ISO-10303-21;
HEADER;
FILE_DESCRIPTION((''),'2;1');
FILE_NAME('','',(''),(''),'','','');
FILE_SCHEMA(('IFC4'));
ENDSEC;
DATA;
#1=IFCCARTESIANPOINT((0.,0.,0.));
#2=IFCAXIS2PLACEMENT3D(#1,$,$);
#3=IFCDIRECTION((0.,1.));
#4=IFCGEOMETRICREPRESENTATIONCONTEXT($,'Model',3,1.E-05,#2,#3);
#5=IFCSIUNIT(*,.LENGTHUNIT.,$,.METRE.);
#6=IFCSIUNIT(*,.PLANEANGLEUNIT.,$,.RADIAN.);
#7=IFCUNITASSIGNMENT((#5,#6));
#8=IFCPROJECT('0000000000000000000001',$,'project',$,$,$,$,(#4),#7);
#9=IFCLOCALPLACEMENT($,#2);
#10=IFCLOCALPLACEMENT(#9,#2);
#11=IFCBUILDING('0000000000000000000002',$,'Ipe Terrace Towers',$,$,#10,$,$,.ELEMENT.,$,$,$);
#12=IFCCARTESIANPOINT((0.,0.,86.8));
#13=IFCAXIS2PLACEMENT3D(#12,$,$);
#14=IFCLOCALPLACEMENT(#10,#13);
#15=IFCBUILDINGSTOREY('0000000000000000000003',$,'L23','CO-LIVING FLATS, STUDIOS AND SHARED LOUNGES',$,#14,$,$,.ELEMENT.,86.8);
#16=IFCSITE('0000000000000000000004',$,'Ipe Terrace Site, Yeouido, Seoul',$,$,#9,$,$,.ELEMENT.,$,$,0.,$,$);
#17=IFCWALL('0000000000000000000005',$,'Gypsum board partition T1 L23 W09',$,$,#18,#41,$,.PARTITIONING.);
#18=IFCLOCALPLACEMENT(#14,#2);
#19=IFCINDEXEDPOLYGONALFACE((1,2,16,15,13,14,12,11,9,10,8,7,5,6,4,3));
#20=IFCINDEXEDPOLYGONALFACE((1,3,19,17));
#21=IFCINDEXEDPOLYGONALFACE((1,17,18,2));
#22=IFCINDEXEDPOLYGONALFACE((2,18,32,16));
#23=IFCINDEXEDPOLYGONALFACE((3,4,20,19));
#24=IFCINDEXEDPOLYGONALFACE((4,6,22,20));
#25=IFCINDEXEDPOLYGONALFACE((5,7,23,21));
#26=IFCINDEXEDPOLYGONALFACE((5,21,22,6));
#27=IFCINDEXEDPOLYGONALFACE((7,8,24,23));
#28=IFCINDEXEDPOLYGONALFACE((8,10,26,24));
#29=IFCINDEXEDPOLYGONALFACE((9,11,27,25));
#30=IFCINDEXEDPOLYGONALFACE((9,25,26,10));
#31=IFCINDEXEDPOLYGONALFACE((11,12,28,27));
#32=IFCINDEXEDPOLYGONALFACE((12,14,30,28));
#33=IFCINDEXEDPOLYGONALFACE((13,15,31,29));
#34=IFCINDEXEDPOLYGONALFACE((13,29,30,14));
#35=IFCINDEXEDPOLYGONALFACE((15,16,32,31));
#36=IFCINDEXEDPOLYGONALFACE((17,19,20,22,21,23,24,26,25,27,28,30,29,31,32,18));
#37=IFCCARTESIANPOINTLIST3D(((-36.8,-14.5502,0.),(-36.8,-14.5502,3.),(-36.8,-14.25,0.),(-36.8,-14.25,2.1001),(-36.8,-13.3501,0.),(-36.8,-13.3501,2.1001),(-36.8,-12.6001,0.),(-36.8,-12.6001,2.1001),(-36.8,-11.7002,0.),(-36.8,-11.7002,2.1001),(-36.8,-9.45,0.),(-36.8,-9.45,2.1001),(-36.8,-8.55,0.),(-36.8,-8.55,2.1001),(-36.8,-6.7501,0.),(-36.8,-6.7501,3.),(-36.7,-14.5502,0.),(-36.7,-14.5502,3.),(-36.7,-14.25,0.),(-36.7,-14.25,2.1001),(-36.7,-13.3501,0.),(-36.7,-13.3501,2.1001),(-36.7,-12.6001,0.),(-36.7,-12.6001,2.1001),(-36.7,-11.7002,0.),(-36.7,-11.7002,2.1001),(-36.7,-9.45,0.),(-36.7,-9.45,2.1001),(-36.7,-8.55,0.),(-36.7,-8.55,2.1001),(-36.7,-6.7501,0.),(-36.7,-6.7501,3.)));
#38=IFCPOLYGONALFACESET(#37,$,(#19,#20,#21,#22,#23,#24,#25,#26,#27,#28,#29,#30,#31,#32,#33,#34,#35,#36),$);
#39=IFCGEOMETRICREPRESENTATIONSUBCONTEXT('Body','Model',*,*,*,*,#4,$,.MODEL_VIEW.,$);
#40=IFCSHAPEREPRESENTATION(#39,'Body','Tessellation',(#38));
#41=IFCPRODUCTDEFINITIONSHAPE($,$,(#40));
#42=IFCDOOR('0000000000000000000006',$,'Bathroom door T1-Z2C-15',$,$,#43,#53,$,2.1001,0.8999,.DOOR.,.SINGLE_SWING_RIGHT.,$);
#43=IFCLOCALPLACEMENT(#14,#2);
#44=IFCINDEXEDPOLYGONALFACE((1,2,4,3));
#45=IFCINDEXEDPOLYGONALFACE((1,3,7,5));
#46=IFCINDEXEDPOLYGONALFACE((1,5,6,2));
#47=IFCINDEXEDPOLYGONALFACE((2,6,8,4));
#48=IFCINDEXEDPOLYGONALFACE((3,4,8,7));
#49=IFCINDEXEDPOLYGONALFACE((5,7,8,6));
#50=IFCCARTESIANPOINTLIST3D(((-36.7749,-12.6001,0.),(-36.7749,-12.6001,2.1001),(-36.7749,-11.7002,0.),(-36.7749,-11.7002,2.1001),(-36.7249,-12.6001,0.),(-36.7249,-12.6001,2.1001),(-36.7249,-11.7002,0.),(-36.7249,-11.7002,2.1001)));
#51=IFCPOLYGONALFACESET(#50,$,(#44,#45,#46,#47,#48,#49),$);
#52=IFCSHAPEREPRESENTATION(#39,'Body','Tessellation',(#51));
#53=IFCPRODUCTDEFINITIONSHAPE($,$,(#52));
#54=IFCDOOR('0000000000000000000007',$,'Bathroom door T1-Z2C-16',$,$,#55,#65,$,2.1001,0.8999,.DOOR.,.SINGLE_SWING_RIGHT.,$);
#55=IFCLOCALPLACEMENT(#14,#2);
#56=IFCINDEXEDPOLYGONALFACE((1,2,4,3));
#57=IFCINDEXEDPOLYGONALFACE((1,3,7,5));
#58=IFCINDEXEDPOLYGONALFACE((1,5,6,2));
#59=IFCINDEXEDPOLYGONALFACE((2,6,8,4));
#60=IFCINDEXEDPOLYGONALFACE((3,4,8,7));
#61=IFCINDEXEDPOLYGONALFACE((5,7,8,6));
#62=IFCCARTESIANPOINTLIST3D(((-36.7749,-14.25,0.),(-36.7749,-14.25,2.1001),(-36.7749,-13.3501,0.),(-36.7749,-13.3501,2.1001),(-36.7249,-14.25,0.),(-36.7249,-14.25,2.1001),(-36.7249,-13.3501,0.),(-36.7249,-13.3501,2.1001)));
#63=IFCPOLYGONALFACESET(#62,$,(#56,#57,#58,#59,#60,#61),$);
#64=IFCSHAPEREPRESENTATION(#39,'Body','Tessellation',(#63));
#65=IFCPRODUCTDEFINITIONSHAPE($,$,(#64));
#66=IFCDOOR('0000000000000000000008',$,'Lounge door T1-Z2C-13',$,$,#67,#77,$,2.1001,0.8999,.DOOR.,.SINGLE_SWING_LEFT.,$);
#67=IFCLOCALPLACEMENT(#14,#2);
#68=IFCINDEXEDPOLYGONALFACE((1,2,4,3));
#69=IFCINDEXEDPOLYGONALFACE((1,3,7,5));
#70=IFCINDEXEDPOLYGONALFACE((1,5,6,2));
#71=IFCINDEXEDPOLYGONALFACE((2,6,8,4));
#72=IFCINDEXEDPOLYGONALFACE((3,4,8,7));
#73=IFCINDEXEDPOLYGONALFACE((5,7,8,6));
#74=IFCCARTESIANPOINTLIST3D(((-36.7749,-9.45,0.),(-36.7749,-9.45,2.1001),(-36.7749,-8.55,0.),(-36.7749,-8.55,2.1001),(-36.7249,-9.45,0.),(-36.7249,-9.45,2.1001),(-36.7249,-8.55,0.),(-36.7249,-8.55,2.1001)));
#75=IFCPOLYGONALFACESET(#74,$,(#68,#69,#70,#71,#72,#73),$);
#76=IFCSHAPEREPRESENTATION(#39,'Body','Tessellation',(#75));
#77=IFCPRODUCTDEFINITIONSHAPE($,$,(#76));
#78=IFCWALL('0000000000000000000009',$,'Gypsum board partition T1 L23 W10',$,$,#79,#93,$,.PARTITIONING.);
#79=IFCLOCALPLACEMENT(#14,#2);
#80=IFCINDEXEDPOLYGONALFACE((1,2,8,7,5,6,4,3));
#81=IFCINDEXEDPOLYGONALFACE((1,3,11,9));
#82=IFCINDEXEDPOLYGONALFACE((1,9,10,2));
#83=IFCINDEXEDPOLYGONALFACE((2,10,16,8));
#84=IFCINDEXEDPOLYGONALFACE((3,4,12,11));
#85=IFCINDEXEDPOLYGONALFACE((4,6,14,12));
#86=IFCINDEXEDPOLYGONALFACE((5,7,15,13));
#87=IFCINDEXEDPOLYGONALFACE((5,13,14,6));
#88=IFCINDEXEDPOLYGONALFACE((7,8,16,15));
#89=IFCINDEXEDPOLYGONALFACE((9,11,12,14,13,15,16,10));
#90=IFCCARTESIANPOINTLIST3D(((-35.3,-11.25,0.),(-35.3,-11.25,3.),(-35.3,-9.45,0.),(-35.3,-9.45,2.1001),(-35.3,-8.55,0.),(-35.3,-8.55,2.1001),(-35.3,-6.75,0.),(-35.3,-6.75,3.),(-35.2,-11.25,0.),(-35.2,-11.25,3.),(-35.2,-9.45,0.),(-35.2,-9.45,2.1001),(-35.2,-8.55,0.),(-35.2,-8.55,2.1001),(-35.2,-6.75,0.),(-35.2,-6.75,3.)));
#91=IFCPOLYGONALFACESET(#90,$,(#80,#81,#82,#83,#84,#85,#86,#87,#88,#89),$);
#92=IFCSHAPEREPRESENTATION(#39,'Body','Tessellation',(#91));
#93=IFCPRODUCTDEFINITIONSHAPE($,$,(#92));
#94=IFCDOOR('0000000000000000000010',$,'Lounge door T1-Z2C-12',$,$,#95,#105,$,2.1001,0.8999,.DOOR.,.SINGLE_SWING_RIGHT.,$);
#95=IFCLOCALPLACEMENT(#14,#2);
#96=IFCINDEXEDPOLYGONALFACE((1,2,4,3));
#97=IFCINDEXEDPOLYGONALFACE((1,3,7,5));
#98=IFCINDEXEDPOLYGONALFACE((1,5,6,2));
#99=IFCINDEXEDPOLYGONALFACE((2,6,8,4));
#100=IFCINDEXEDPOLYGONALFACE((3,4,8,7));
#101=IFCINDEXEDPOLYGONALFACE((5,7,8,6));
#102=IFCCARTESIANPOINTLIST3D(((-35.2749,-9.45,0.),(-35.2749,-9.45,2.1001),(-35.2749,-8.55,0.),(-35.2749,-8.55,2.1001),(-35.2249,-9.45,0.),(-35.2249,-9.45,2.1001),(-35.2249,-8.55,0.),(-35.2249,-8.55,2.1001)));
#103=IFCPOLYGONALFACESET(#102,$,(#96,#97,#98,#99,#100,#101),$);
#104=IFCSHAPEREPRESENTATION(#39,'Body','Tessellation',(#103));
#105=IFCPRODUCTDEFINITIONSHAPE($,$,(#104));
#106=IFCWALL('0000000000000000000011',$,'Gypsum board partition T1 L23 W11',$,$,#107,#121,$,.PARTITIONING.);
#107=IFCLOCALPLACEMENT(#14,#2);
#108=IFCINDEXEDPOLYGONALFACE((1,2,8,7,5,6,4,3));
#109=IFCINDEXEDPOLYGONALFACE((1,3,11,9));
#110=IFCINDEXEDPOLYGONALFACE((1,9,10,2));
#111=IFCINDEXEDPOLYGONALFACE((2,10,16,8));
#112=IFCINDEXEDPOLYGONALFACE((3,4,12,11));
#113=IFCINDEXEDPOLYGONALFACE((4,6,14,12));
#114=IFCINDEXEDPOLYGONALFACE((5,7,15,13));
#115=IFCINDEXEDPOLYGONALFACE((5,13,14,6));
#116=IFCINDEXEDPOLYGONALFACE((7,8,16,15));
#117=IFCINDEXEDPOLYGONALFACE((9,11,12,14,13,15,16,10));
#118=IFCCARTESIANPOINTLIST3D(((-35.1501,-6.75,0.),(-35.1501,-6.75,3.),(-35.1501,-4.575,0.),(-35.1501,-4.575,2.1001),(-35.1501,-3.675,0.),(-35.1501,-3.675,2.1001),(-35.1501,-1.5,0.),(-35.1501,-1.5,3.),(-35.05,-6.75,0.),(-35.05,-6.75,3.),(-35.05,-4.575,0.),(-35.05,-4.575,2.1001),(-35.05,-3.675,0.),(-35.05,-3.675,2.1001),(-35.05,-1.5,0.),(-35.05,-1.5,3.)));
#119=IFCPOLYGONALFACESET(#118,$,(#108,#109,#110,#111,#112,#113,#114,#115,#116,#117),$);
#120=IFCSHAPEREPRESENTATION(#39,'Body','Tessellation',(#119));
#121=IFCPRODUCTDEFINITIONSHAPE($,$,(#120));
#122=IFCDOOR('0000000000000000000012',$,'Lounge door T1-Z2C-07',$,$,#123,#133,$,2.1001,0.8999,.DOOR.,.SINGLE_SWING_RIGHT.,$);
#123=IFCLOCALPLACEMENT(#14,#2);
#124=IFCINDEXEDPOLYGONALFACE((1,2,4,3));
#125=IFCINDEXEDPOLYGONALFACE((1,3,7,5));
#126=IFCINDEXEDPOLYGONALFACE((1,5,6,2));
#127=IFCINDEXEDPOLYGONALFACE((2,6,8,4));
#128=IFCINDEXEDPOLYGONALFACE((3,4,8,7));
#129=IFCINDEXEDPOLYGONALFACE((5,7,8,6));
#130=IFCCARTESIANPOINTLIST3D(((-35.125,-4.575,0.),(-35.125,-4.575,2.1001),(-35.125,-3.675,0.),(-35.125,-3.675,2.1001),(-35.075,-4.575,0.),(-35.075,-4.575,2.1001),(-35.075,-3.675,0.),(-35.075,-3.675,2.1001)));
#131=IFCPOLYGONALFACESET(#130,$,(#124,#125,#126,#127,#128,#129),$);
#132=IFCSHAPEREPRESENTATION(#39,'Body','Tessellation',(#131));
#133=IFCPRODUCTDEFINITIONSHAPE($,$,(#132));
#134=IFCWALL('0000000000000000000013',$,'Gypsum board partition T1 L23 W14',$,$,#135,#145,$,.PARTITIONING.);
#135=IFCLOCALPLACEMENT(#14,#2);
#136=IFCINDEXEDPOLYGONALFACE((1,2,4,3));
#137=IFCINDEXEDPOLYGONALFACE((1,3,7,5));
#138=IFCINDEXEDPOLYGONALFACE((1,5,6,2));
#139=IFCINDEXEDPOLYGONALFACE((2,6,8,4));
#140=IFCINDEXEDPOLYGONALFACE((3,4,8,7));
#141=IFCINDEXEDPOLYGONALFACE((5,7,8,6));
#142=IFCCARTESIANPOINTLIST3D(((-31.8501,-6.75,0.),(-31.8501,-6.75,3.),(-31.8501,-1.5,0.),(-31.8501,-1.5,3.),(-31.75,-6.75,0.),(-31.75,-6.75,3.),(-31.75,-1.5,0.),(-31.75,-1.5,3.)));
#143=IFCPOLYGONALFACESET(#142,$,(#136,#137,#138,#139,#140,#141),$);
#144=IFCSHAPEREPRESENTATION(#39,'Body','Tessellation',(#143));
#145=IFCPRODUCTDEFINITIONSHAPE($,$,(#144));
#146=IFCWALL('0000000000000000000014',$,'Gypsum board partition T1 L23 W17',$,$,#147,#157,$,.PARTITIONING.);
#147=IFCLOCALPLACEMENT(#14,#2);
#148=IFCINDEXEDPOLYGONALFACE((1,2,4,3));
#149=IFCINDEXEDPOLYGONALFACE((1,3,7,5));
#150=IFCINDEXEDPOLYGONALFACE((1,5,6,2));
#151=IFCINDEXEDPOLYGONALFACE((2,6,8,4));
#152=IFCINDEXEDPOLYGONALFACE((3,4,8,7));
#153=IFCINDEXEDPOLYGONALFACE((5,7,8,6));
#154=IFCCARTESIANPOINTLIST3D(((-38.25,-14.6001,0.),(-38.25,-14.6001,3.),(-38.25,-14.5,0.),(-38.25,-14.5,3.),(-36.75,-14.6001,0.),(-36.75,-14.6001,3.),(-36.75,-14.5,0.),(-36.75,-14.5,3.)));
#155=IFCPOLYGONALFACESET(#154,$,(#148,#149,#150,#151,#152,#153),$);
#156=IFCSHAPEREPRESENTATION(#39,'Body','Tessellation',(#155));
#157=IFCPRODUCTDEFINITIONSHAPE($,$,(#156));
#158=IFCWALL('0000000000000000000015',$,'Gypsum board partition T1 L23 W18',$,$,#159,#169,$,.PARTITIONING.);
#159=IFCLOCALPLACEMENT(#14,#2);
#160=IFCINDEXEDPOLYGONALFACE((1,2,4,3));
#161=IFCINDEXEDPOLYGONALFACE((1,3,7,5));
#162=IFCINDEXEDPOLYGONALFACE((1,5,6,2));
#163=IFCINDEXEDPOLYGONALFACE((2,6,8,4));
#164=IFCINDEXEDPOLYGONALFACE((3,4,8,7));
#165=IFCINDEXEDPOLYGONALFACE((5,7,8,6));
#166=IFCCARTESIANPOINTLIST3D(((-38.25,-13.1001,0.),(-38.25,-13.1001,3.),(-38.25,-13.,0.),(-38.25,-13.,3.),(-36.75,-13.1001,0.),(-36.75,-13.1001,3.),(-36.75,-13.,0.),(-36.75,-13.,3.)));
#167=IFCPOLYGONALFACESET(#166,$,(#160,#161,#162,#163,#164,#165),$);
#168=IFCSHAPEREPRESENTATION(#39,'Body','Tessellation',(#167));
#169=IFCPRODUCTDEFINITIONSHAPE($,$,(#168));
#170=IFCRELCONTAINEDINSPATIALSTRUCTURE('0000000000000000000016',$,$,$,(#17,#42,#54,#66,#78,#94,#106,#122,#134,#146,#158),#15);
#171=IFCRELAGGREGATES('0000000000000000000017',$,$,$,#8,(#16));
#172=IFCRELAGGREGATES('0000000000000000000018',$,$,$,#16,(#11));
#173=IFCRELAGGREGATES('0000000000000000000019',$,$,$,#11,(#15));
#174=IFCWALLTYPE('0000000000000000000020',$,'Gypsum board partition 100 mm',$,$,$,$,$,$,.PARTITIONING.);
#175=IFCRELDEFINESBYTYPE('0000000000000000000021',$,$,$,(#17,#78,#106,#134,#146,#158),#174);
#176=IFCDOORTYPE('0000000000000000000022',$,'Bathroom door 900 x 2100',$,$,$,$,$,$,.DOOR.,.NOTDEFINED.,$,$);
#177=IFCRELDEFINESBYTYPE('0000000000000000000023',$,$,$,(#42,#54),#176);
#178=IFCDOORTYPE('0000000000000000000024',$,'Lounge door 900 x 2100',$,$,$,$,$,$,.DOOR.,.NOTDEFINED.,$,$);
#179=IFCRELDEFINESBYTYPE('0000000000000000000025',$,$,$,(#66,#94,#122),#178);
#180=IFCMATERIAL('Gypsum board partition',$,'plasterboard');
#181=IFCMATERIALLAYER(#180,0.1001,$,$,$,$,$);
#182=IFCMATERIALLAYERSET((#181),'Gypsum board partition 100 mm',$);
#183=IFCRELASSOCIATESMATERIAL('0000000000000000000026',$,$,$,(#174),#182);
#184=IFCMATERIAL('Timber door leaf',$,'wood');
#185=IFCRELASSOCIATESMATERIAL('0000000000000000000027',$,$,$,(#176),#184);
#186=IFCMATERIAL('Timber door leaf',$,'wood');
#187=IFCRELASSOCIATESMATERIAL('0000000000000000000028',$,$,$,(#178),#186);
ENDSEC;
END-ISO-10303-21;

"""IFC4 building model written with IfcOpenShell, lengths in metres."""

from ifc_helpers import new_model, si_unit, direction, frame, frame_2d, origin, place, context, subcontext, project, spatial, rectangle, extrude, material, layer, layer_set, type_object, element, fill, save


model = new_model("IFC4")

# Units and contexts
model_context = context("Model", 3, precision=1e-05, world=origin(), true_north=direction((0.0, 1.0)))
body_context = subcontext(model_context, "Body", "Model", "MODEL_VIEW")
ifc_project = project(units=[si_unit("LENGTHUNIT", "METRE"), si_unit("PLANEANGLEUNIT", "RADIAN")], contexts=[model_context])

# Site, building, storey
site_placement = place(None, origin())
site = spatial("IfcSite", under=ifc_project, at=site_placement, Name="Ipe Terrace Site, Yeouido, Seoul", CompositionType="ELEMENT", RefElevation=0.0)
building_placement = place(site_placement, origin())
building = spatial("IfcBuilding", under=site, at=building_placement, Name="Ipe Terrace Towers", CompositionType="ELEMENT")
storey_placement = place(building_placement, frame((0.0, 0.0, 86.8)))
storey = spatial("IfcBuildingStorey", under=building, at=storey_placement, Name="L23", Description="CO-LIVING FLATS, STUDIOS AND SHARED LOUNGES", CompositionType="ELEMENT", Elevation=86.8)

# Shared definitions
ifc_material_1 = material(Name="Gypsum board partition", Category="plasterboard")
ifc_layer_1 = layer(ifc_material_1, 0.1001)
ifc_layer_set_1 = layer_set([ifc_layer_1], Name="Gypsum board partition 100 mm")
wall_type = type_object("IfcWallType", Name="Gypsum board partition 100 mm", PredefinedType="PARTITIONING", material=ifc_layer_set_1)

# Wall, openings, doors
wall_1_placement = place(storey_placement, frame((-36.75, -14.55, 0.0), z_axis=(0.0, 0.0, 1.0), x_axis=(0.0, 1.0, 0.0)))
wall_1 = element("IfcWall", 1, at=wall_1_placement, inside=storey, type_object=wall_type, Name="Gypsum board partition T1 L23 W09", PredefinedType="PARTITIONING", context=body_context, shape_type="SweptSolid", body=[
    extrude(rectangle(XDim=7.8, YDim=0.1001, at=frame_2d((3.8999, 0.0))), origin(), (0.0, 0.0, 1.0), 3.0),
])
opening_1_placement = place(wall_1_placement, frame((5.1001, 0.0, 0.0)))
opening_1 = element("IfcOpeningElement", 2, at=opening_1_placement, cuts=wall_1, PredefinedType="OPENING", context=body_context, shape_type="SweptSolid", body=[
    extrude(rectangle(XDim=0.8999, YDim=2.1001, at=frame_2d((0.45, 1.05))), frame((0.0, 0.0601, 0.0), z_axis=(0.0, -1.0, 0.0), x_axis=(1.0, 0.0, 0.0)), (0.0, 0.0, 1.0), 0.1201),
])
opening_2_placement = place(wall_1_placement, frame((1.95, 0.0, 0.0)))
opening_2 = element("IfcOpeningElement", 3, at=opening_2_placement, cuts=wall_1, PredefinedType="OPENING", context=body_context, shape_type="SweptSolid", body=[
    extrude(rectangle(XDim=0.8999, YDim=2.1001, at=frame_2d((0.45, 1.05))), frame((0.0, 0.0601, 0.0), z_axis=(0.0, -1.0, 0.0), x_axis=(1.0, 0.0, 0.0)), (0.0, 0.0, 1.0), 0.1201),
])
opening_3_placement = place(wall_1_placement, frame((0.3, 0.0, 0.0)))
opening_3 = element("IfcOpeningElement", 4, at=opening_3_placement, cuts=wall_1, PredefinedType="OPENING", context=body_context, shape_type="SweptSolid", body=[
    extrude(rectangle(XDim=0.8999, YDim=2.1001, at=frame_2d((0.45, 1.05))), frame((0.0, 0.0601, 0.0), z_axis=(0.0, -1.0, 0.0), x_axis=(1.0, 0.0, 0.0)), (0.0, 0.0, 1.0), 0.1201),
])
ifc_material_2 = material(Name="Timber door leaf", Category="wood")
door_type_1 = type_object("IfcDoorType", Name="Bathroom door 900 x 2100", OperationType="NOTDEFINED", PredefinedType="DOOR", material=ifc_material_2)
door_1_placement = place(opening_2_placement, origin())
door_1 = element("IfcDoor", 5, at=door_1_placement, inside=storey, type_object=door_type_1, Name="Bathroom door T1-Z2C-15", OperationType="SINGLE_SWING_RIGHT", OverallHeight=2.1001, OverallWidth=0.8999, PredefinedType="DOOR", context=body_context, shape_type="SweptSolid", body=[
    extrude(rectangle(XDim=0.8999, YDim=2.1001, at=frame_2d((0.45, 1.05))), frame((0.0, 0.0249, 0.0), z_axis=(0.0, -1.0, 0.0), x_axis=(1.0, 0.0, 0.0)), (0.0, 0.0, 1.0), 0.05),
])
fill(opening_2, door_1)
door_2_placement = place(opening_3_placement, origin())
door_2 = element("IfcDoor", 6, at=door_2_placement, inside=storey, type_object=door_type_1, Name="Bathroom door T1-Z2C-16", OperationType="SINGLE_SWING_RIGHT", OverallHeight=2.1001, OverallWidth=0.8999, PredefinedType="DOOR", context=body_context, shape_type="SweptSolid", body=[
    extrude(rectangle(XDim=0.8999, YDim=2.1001, at=frame_2d((0.45, 1.05))), frame((0.0, 0.0249, 0.0), z_axis=(0.0, -1.0, 0.0), x_axis=(1.0, 0.0, 0.0)), (0.0, 0.0, 1.0), 0.05),
])
fill(opening_3, door_2)
ifc_material_3 = material(Name="Timber door leaf", Category="wood")
door_type_2 = type_object("IfcDoorType", Name="Lounge door 900 x 2100", OperationType="NOTDEFINED", PredefinedType="DOOR", material=ifc_material_3)
door_3_placement = place(opening_1_placement, origin())
door_3 = element("IfcDoor", 7, at=door_3_placement, inside=storey, type_object=door_type_2, Name="Lounge door T1-Z2C-13", OperationType="SINGLE_SWING_LEFT", OverallHeight=2.1001, OverallWidth=0.8999, PredefinedType="DOOR", context=body_context, shape_type="SweptSolid", body=[
    extrude(rectangle(XDim=0.8999, YDim=2.1001, at=frame_2d((0.45, 1.05))), frame((0.0, 0.0249, 0.0), z_axis=(0.0, -1.0, 0.0), x_axis=(1.0, 0.0, 0.0)), (0.0, 0.0, 1.0), 0.05),
])
fill(opening_1, door_3)

# Walls, openings, doors
wall_2_placement = place(storey_placement, frame((-35.25, -11.25, 0.0), z_axis=(0.0, 0.0, 1.0), x_axis=(0.0, 1.0, 0.0)))
wall_2 = element("IfcWall", 8, at=wall_2_placement, inside=storey, type_object=wall_type, Name="Gypsum board partition T1 L23 W10", PredefinedType="PARTITIONING", context=body_context, shape_type="SweptSolid", body=[
    extrude(rectangle(XDim=4.5, YDim=0.1001, at=frame_2d((2.25, 0.0))), origin(), (0.0, 0.0, 1.0), 3.0),
])
opening_4_placement = place(wall_2_placement, frame((1.8, 0.0, 0.0)))
opening_4 = element("IfcOpeningElement", 9, at=opening_4_placement, cuts=wall_2, PredefinedType="OPENING", context=body_context, shape_type="SweptSolid", body=[
    extrude(rectangle(XDim=0.8999, YDim=2.1001, at=frame_2d((0.45, 1.05))), frame((0.0, 0.0601, 0.0), z_axis=(0.0, -1.0, 0.0), x_axis=(1.0, 0.0, 0.0)), (0.0, 0.0, 1.0), 0.1201),
])
door_4_placement = place(opening_4_placement, origin())
door_4 = element("IfcDoor", 10, at=door_4_placement, inside=storey, type_object=door_type_2, Name="Lounge door T1-Z2C-12", OperationType="SINGLE_SWING_RIGHT", OverallHeight=2.1001, OverallWidth=0.8999, PredefinedType="DOOR", context=body_context, shape_type="SweptSolid", body=[
    extrude(rectangle(XDim=0.8999, YDim=2.1001, at=frame_2d((0.45, 1.05))), frame((0.0, 0.0249, 0.0), z_axis=(0.0, -1.0, 0.0), x_axis=(1.0, 0.0, 0.0)), (0.0, 0.0, 1.0), 0.05),
])
fill(opening_4, door_4)
wall_3_placement = place(storey_placement, frame((-35.1001, -6.75, 0.0), z_axis=(0.0, 0.0, 1.0), x_axis=(0.0, 1.0, 0.0)))
wall_3 = element("IfcWall", 11, at=wall_3_placement, inside=storey, type_object=wall_type, Name="Gypsum board partition T1 L23 W11", PredefinedType="PARTITIONING", context=body_context, shape_type="SweptSolid", body=[
    extrude(rectangle(XDim=5.25, YDim=0.1001, at=frame_2d((2.625, 0.0))), origin(), (0.0, 0.0, 1.0), 3.0),
])
opening_5_placement = place(wall_3_placement, frame((2.175, 0.0, 0.0)))
opening_5 = element("IfcOpeningElement", 12, at=opening_5_placement, cuts=wall_3, PredefinedType="OPENING", context=body_context, shape_type="SweptSolid", body=[
    extrude(rectangle(XDim=0.8999, YDim=2.1001, at=frame_2d((0.45, 1.05))), frame((0.0, 0.0601, 0.0), z_axis=(0.0, -1.0, 0.0), x_axis=(1.0, 0.0, 0.0)), (0.0, 0.0, 1.0), 0.1201),
])
door_5_placement = place(opening_5_placement, origin())
door_5 = element("IfcDoor", 13, at=door_5_placement, inside=storey, type_object=door_type_2, Name="Lounge door T1-Z2C-07", OperationType="SINGLE_SWING_RIGHT", OverallHeight=2.1001, OverallWidth=0.8999, PredefinedType="DOOR", context=body_context, shape_type="SweptSolid", body=[
    extrude(rectangle(XDim=0.8999, YDim=2.1001, at=frame_2d((0.45, 1.05))), frame((0.0, 0.0249, 0.0), z_axis=(0.0, -1.0, 0.0), x_axis=(1.0, 0.0, 0.0)), (0.0, 0.0, 1.0), 0.05),
])
fill(opening_5, door_5)

# Walls
wall_4_placement = place(storey_placement, frame((-31.8, -6.75, 0.0), z_axis=(0.0, 0.0, 1.0), x_axis=(0.0, 1.0, 0.0)))
element("IfcWall", 14, at=wall_4_placement, inside=storey, type_object=wall_type, Name="Gypsum board partition T1 L23 W14", PredefinedType="PARTITIONING", context=body_context, shape_type="SweptSolid", body=[
    extrude(rectangle(XDim=5.25, YDim=0.1001, at=frame_2d((2.625, 0.0))), origin(), (0.0, 0.0, 1.0), 3.0),
])
for number, where, z_axis, x_axis, name in (
    (15, (-38.25, -14.55, 0.0), (0.0, 0.0, 1.0), (1.0, 0.0, 0.0), "Gypsum board partition T1 L23 W17"),
    (16, (-38.25, -13.05, 0.0), (0.0, 0.0, 1.0), (1.0, 0.0, 0.0), "Gypsum board partition T1 L23 W18"),
):
    element("IfcWall", number, at=place(storey_placement, frame(where, z_axis=z_axis, x_axis=x_axis)), inside=storey, type_object=wall_type, Name=name, PredefinedType="PARTITIONING", context=body_context, shape_type="SweptSolid", body=[
        extrude(rectangle(XDim=1.5, YDim=0.1001, at=frame_2d((0.75, 0.0))), origin(), (0.0, 0.0, 1.0), 3.0),
    ])

save(model, "model.ifc")
